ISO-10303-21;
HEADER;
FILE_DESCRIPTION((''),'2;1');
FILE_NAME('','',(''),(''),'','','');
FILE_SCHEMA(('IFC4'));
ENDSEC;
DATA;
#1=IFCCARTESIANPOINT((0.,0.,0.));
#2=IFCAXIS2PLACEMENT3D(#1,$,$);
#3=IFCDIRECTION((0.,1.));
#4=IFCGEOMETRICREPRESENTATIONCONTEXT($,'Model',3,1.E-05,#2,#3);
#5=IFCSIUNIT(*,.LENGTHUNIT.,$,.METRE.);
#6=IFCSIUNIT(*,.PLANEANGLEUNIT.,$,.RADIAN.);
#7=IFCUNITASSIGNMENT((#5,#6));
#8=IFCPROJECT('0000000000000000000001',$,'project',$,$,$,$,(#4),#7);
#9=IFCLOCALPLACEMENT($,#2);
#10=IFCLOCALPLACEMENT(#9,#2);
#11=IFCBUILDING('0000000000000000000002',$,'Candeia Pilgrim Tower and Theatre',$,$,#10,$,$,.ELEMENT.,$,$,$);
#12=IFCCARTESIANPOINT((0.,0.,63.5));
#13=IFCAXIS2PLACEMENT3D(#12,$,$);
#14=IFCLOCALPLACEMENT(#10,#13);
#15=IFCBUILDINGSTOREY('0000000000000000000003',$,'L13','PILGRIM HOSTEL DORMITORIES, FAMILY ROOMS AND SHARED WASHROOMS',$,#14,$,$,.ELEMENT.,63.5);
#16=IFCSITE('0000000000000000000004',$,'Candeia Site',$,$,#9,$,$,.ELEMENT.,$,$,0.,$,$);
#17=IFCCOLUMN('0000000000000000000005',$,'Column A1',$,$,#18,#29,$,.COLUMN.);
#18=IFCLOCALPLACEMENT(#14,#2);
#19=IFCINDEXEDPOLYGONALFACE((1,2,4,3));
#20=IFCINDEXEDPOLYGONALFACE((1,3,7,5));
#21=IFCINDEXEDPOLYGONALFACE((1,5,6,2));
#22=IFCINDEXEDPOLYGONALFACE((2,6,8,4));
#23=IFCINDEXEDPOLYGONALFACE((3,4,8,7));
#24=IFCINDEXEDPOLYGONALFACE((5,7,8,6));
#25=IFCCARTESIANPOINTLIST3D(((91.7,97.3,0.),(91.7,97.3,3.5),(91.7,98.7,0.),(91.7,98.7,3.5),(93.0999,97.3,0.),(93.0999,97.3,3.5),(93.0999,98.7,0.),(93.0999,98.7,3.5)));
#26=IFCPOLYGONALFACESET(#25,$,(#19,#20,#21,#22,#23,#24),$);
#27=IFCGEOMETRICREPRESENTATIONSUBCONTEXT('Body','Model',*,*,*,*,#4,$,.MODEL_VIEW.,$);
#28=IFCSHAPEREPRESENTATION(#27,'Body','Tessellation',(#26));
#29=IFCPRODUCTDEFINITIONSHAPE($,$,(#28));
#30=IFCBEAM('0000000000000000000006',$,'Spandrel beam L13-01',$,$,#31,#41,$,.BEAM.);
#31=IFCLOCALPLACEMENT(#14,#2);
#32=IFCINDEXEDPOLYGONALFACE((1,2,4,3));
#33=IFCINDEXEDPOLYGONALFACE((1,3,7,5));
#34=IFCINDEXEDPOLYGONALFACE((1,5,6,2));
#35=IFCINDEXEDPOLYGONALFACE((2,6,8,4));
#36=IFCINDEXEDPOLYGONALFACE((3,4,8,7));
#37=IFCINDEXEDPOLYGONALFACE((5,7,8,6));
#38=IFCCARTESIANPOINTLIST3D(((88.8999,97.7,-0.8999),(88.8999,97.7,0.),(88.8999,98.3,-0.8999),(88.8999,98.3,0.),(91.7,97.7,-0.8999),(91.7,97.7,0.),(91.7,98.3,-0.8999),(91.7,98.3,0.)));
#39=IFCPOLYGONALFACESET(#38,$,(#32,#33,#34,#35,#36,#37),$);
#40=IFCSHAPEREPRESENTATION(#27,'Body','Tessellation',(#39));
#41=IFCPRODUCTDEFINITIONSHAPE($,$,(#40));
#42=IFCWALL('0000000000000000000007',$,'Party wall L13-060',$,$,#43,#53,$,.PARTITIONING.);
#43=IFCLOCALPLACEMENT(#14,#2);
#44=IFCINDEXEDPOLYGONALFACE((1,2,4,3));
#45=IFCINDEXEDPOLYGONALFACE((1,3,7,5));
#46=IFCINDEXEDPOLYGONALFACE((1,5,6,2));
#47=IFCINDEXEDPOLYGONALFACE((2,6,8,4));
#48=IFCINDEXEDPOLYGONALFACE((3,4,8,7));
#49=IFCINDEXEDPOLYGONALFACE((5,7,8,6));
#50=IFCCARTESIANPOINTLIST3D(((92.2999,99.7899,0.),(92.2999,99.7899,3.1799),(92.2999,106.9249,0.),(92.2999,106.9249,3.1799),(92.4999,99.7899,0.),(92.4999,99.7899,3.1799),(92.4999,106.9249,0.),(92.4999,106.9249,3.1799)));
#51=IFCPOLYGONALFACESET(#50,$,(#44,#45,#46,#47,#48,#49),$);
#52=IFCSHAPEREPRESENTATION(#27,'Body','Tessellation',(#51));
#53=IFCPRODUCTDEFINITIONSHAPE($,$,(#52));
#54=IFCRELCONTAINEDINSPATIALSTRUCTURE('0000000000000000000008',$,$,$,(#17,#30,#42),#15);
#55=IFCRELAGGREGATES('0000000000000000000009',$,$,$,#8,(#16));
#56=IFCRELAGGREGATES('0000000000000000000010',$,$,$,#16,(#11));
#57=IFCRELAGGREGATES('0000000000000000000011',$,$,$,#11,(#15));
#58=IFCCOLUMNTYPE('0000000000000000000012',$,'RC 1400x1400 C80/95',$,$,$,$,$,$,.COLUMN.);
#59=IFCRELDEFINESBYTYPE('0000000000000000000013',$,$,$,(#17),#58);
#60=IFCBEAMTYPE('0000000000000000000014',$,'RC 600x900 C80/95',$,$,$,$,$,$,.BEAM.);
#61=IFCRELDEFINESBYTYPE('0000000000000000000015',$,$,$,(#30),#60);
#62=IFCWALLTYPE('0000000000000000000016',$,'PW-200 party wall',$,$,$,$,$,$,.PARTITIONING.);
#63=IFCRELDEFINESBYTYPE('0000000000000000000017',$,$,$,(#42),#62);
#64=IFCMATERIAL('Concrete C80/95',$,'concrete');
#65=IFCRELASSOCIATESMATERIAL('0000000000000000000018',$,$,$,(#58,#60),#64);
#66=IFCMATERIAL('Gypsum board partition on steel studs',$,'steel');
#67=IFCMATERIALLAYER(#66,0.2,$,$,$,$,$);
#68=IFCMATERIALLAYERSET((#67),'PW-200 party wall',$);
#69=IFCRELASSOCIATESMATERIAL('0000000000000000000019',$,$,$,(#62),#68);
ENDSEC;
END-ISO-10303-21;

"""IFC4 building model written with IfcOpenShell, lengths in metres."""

from ifc_helpers import new_model, si_unit, direction, frame, frame_2d, origin, origin_2d, place, context, subcontext, project, spatial, rectangle, extrude, material, layer, layer_set, material_profile, profile_set, type_object, element, save


model = new_model("IFC4")

# Units and contexts
model_context = context("Model", 3, precision=1e-05, world=origin(), true_north=direction((0.0, 1.0)))
body_context = subcontext(model_context, "Body", "Model", "MODEL_VIEW")
ifc_project = project(units=[si_unit("LENGTHUNIT", "METRE"), si_unit("PLANEANGLEUNIT", "RADIAN")], contexts=[model_context])

# Site, building, storey
site_placement = place(None, origin())
site = spatial("IfcSite", under=ifc_project, at=site_placement, Name="Candeia Site", CompositionType="ELEMENT", RefElevation=0.0)
building_placement = place(site_placement, origin())
building = spatial("IfcBuilding", under=site, at=building_placement, Name="Candeia Pilgrim Tower and Theatre", CompositionType="ELEMENT")
storey_placement = place(building_placement, frame((0.0, 0.0, 63.5)))
storey = spatial("IfcBuildingStorey", under=building, at=storey_placement, Name="L13", Description="PILGRIM HOSTEL DORMITORIES, FAMILY ROOMS AND SHARED WASHROOMS", CompositionType="ELEMENT", Elevation=63.5)

# Column
ifc_material_1 = material(Name="Concrete C80/95", Category="concrete")
ifc_material_profile_1 = material_profile(ifc_material_1, rectangle(XDim=1.3999, YDim=1.3999, at=origin_2d()))
ifc_profile_set_1 = profile_set([ifc_material_profile_1], Name="Concrete C80/95")
column_type = type_object("IfcColumnType", Name="RC 1400x1400 C80/95", PredefinedType="COLUMN", material=ifc_profile_set_1)
column_placement = place(storey_placement, frame((92.3999, 98.0, 0.0), z_axis=(0.0, 0.0, 1.0), x_axis=(1.0, 0.0, 0.0)))
element("IfcColumn", 1, at=column_placement, inside=storey, type_object=column_type, Name="Column A1", PredefinedType="COLUMN", context=body_context, shape_type="SweptSolid", body=[
    extrude(rectangle(XDim=1.3999, YDim=1.3999, at=origin_2d()), origin(), (0.0, 0.0, 1.0), 3.5),
])

# Beam
ifc_material_profile_2 = material_profile(ifc_material_1, rectangle(XDim=0.6001, YDim=0.8999, at=origin_2d()))
ifc_profile_set_2 = profile_set([ifc_material_profile_2], Name="Concrete C80/95")
beam_type = type_object("IfcBeamType", Name="RC 600x900 C80/95", PredefinedType="BEAM", material=ifc_profile_set_2)
beam_placement = place(storey_placement, frame((88.8999, 98.0, -0.45), z_axis=(1.0, 0.0, 0.0), x_axis=(0.0, 1.0, 0.0)))
element("IfcBeam", 2, at=beam_placement, inside=storey, type_object=beam_type, Name="Spandrel beam L13-01", PredefinedType="BEAM", context=body_context, shape_type="SweptSolid", body=[
    extrude(rectangle(XDim=0.6001, YDim=0.8999, at=origin_2d()), origin(), (0.0, 0.0, 1.0), 2.8),
])

# Wall
ifc_material_2 = material(Name="Gypsum board partition on steel studs", Category="steel")
ifc_layer_1 = layer(ifc_material_2, 0.2)
ifc_layer_set_1 = layer_set([ifc_layer_1], Name="PW-200 party wall")
wall_type_1 = type_object("IfcWallType", Name="PW-200 party wall", PredefinedType="PARTITIONING", material=ifc_layer_set_1)
wall_1_placement = place(storey_placement, frame((92.3999, 99.79, 0.0), z_axis=(0.0, 0.0, 1.0), x_axis=(0.0, 1.0, 0.0)))
element("IfcWall", 3, at=wall_1_placement, inside=storey, type_object=wall_type_1, Name="Party wall L13-060", PredefinedType="PARTITIONING", context=body_context, shape_type="SweptSolid", body=[
    extrude(rectangle(XDim=7.135, YDim=0.2, at=frame_2d((3.5674, 0.0))), origin(), (0.0, 0.0, 1.0), 3.1799),
])

save(model, "model.ifc")
